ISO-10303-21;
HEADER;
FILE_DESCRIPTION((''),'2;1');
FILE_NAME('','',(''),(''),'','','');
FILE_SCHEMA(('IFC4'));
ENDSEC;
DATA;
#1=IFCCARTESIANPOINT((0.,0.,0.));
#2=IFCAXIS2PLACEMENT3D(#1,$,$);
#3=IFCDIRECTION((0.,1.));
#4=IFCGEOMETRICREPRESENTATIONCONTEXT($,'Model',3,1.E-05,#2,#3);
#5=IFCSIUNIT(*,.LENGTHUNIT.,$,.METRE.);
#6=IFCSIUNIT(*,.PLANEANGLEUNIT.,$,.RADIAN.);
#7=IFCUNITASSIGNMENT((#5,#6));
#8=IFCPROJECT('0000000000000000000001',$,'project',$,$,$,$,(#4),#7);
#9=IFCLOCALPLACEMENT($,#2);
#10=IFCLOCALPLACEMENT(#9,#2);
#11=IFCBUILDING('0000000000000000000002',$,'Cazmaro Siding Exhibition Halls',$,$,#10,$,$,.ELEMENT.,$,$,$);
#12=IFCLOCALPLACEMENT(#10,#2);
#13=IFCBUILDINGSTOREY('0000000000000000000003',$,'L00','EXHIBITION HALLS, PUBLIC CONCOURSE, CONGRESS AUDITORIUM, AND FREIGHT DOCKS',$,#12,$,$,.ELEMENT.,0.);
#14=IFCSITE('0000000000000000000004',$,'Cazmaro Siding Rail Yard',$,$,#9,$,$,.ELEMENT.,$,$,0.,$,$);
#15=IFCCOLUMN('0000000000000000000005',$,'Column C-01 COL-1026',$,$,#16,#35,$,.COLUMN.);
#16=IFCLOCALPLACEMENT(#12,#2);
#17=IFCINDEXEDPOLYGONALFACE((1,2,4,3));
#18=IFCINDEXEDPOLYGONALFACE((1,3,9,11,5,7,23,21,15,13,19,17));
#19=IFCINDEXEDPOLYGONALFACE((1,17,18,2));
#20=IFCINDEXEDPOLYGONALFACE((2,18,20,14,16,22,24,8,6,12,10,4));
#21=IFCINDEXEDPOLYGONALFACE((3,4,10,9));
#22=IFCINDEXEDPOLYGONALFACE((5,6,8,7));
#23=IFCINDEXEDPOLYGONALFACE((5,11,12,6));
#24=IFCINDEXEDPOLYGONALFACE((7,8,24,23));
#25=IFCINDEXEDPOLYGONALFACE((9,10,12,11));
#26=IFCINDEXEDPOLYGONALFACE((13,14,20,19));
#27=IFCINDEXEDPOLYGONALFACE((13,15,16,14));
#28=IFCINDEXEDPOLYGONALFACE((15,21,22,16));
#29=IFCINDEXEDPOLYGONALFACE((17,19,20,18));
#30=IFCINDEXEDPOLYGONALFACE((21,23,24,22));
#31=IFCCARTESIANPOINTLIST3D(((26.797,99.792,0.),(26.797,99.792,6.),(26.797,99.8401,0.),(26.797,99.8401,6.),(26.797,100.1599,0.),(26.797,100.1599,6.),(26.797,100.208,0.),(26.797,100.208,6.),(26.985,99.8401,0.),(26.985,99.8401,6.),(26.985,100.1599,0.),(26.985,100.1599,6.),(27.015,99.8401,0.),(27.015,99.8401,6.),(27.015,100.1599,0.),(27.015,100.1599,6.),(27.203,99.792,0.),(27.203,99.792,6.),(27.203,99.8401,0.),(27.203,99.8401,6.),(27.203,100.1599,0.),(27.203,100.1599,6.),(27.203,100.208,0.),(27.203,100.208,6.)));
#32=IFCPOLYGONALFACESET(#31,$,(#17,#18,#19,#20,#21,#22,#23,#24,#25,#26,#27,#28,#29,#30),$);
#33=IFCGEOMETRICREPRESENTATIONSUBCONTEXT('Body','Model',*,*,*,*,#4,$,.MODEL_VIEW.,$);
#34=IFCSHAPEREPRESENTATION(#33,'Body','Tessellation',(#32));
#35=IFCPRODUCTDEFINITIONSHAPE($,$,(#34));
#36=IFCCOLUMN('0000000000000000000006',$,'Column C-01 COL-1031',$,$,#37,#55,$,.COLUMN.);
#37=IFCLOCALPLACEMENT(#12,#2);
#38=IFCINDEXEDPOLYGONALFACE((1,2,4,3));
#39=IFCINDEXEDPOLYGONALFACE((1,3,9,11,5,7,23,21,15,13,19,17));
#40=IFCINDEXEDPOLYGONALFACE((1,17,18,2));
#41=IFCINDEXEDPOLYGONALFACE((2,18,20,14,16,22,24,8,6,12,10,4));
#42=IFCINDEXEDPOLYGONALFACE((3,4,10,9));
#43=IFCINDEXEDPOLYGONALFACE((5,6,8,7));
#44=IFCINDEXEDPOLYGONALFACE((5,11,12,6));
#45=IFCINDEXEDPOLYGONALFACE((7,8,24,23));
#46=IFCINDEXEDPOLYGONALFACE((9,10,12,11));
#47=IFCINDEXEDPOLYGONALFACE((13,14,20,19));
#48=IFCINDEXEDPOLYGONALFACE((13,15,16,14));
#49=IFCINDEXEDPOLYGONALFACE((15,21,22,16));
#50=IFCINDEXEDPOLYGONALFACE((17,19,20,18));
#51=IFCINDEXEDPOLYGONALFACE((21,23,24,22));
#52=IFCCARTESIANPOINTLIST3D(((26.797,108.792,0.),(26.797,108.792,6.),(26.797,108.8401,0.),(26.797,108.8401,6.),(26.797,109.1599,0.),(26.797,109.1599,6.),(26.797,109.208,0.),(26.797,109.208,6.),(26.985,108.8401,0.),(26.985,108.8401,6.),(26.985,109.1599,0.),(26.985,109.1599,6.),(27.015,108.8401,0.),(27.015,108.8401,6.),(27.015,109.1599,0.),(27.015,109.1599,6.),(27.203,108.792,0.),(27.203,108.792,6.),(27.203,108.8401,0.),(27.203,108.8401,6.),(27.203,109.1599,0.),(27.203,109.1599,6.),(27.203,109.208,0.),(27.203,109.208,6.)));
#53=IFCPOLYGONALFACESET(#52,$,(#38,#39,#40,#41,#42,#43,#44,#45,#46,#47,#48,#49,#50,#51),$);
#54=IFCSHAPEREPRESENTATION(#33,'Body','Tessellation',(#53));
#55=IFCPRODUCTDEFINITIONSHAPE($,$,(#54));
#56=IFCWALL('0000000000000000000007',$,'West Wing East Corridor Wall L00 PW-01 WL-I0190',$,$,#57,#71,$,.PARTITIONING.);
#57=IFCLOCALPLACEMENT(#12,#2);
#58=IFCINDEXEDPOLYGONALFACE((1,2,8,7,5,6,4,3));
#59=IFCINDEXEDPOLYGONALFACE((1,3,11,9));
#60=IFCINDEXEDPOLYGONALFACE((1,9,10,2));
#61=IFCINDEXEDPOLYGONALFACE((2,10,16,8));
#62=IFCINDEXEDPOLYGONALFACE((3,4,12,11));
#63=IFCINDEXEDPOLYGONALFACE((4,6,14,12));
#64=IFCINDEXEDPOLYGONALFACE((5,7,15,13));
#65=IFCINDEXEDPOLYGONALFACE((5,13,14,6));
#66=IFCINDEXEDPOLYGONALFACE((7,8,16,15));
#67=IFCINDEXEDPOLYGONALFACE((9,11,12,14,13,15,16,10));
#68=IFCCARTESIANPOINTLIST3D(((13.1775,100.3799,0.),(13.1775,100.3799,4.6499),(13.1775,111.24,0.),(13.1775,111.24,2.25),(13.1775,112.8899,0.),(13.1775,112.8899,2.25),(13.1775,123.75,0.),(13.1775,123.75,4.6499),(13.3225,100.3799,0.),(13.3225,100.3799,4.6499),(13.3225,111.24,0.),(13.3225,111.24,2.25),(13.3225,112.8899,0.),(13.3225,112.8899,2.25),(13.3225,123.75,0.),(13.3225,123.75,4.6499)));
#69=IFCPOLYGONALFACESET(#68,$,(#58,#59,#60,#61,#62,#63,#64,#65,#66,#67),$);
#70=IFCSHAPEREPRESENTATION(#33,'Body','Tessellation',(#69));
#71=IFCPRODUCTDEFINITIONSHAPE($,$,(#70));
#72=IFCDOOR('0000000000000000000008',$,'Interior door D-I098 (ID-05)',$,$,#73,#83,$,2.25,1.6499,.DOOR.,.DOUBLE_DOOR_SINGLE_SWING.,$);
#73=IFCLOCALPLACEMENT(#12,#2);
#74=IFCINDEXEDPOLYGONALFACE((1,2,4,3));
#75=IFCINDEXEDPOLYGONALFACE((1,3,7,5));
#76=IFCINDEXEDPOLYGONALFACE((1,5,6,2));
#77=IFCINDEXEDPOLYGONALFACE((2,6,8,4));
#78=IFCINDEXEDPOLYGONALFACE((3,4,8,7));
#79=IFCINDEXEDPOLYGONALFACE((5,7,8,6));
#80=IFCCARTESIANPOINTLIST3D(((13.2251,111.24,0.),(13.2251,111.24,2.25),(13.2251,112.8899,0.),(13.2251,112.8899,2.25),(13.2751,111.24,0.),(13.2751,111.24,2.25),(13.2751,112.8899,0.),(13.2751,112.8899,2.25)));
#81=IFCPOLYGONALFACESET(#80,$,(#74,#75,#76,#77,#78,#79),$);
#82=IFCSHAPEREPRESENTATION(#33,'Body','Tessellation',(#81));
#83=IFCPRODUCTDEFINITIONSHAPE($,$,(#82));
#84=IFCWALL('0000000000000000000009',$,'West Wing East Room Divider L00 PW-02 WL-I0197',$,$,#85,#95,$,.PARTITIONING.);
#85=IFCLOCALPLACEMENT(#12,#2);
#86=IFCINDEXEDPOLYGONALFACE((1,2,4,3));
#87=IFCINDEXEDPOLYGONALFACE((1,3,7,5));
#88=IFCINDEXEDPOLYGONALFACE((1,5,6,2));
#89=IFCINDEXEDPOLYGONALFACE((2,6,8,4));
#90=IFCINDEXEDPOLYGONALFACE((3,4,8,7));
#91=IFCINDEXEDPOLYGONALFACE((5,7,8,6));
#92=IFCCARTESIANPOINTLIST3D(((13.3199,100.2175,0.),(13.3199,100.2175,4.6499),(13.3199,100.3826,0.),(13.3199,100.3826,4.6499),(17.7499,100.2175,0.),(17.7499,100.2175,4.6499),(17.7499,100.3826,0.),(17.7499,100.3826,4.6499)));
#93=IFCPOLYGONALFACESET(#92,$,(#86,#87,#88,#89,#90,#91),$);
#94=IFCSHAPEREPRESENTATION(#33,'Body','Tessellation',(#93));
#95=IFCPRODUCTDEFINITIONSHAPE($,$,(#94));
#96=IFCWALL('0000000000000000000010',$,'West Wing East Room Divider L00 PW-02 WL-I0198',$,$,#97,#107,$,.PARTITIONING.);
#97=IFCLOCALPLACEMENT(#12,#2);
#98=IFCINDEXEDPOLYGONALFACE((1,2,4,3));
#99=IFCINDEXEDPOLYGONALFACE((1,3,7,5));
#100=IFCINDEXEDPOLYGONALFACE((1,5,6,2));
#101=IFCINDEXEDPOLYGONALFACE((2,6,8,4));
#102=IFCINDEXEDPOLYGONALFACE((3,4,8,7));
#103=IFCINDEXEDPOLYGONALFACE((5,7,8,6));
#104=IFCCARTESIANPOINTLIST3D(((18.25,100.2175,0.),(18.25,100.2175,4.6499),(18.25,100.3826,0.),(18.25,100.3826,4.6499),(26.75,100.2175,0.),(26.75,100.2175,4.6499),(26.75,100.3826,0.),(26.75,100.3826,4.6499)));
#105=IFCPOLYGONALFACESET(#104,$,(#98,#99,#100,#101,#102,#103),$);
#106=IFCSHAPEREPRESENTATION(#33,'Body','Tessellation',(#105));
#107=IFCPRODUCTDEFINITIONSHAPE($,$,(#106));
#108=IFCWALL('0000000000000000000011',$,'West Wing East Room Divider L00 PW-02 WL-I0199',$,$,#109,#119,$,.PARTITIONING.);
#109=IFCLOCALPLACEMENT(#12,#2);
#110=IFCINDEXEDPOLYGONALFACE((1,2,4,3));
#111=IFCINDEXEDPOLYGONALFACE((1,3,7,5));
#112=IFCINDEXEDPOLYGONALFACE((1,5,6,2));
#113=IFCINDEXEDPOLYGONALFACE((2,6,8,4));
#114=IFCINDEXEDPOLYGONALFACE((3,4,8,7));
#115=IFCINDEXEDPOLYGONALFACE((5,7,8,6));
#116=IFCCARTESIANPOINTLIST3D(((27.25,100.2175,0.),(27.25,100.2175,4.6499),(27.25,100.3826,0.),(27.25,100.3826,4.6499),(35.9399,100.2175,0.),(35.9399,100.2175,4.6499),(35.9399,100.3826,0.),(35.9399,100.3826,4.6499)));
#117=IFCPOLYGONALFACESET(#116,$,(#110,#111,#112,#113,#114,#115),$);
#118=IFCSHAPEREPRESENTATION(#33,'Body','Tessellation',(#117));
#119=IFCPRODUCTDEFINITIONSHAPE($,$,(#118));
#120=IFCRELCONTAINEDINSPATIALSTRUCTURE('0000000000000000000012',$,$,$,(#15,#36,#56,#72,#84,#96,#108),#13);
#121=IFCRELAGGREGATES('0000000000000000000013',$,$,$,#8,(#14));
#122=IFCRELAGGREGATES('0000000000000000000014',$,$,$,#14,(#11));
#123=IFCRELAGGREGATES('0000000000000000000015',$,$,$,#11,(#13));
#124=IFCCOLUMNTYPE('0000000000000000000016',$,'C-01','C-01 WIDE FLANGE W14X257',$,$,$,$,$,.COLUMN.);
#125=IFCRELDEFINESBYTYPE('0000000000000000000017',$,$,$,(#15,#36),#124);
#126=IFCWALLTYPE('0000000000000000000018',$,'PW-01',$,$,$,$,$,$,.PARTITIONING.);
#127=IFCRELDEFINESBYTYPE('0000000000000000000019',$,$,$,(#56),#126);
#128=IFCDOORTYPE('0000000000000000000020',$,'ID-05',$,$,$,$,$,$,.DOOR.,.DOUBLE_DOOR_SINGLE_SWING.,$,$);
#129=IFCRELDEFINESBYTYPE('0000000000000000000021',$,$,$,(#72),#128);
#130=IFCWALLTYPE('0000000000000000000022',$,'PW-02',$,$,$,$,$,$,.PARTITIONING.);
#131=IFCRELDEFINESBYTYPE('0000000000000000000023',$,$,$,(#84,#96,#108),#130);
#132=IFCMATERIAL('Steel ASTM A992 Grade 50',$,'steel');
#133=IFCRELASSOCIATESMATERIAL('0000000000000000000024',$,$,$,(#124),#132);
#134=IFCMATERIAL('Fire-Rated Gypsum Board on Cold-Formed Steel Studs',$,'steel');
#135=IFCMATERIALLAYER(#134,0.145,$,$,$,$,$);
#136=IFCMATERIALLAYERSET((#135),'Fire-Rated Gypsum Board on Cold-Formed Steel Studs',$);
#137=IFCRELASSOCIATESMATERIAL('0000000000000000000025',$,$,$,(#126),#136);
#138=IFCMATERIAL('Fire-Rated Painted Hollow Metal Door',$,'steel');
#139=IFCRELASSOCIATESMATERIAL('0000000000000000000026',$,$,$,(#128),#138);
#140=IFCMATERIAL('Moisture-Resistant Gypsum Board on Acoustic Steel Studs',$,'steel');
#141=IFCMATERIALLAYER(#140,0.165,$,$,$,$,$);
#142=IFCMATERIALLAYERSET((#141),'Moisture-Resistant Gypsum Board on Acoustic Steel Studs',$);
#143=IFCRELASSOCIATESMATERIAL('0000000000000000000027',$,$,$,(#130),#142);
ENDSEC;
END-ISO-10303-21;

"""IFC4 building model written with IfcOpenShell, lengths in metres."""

from ifc_helpers import new_model, si_unit, direction, frame, frame_2d, origin, origin_2d, place, context, subcontext, project, spatial, rectangle, i_section, extrude, material, layer, layer_set, material_profile, profile_set, type_object, element, fill, save


model = new_model("IFC4")

# Units and contexts
model_context = context("Model", 3, precision=1e-05, world=origin(), true_north=direction((0.0, 1.0)))
body_context = subcontext(model_context, "Body", "Model", "MODEL_VIEW")
ifc_project = project(units=[si_unit("LENGTHUNIT", "METRE"), si_unit("PLANEANGLEUNIT", "RADIAN")], contexts=[model_context])

# Site, building, storey
site_placement = place(None, origin())
site = spatial("IfcSite", under=ifc_project, at=site_placement, Name="Cazmaro Siding Rail Yard", CompositionType="ELEMENT", RefElevation=0.0)
building_placement = place(site_placement, origin())
building = spatial("IfcBuilding", under=site, at=building_placement, Name="Cazmaro Siding Exhibition Halls", CompositionType="ELEMENT")
storey_placement = place(building_placement, origin())
storey = spatial("IfcBuildingStorey", under=building, at=storey_placement, Name="L00", Description="EXHIBITION HALLS, PUBLIC CONCOURSE, CONGRESS AUDITORIUM, AND FREIGHT DOCKS", CompositionType="ELEMENT", Elevation=0.0)

# Columns
ifc_material_1 = material(Name="Steel ASTM A992 Grade 50", Category="steel")
ifc_material_profile_1 = material_profile(ifc_material_1, i_section(OverallWidth=0.406, OverallDepth=0.416, WebThickness=0.03, FlangeThickness=0.0481, at=origin_2d()), Name="W14X257")
ifc_profile_set_1 = profile_set([ifc_material_profile_1], Name="Steel ASTM A992 Grade 50")
column_type = type_object("IfcColumnType", Name="C-01", Description="C-01 WIDE FLANGE W14X257", PredefinedType="COLUMN", material=ifc_profile_set_1)
for number, where, z_axis, x_axis, name in (
    (1, (27.0, 100.0, 0.0), (0.0, 0.0, 1.0), (1.0, 0.0, 0.0), "Column C-01 COL-1026"),
    (2, (27.0, 109.0, 0.0), (0.0, 0.0, 1.0), (1.0, 0.0, 0.0), "Column C-01 COL-1031"),
):
    element("IfcColumn", number, at=place(storey_placement, frame(where, z_axis=z_axis, x_axis=x_axis)), inside=storey, type_object=column_type, Name=name, PredefinedType="COLUMN", context=body_context, shape_type="SweptSolid", body=[
        extrude(i_section(OverallWidth=0.406, OverallDepth=0.416, WebThickness=0.03, FlangeThickness=0.0481, at=origin_2d()), origin(), (0.0, 0.0, 1.0), 6.0),
    ])

# Wall, opening, door
ifc_material_2 = material(Name="Fire-Rated Gypsum Board on Cold-Formed Steel Studs", Category="steel")
ifc_layer_1 = layer(ifc_material_2, 0.145)
ifc_layer_set_1 = layer_set([ifc_layer_1], Name="Fire-Rated Gypsum Board on Cold-Formed Steel Studs")
wall_type_1 = type_object("IfcWallType", Name="PW-01", PredefinedType="PARTITIONING", material=ifc_layer_set_1)
wall_1_placement = place(storey_placement, frame((13.25, 100.3799, 0.0), z_axis=(0.0, 0.0, 1.0), x_axis=(0.0, 1.0, 0.0)))
wall_1 = element("IfcWall", 3, at=wall_1_placement, inside=storey, type_object=wall_type_1, Name="West Wing East Corridor Wall L00 PW-01 WL-I0190", PredefinedType="PARTITIONING", context=body_context, shape_type="SweptSolid", body=[
    extrude(rectangle(XDim=23.3701, YDim=0.145, at=frame_2d((11.6851, 0.0))), origin(), (0.0, 0.0, 1.0), 4.6499),
])
opening_placement = place(wall_1_placement, frame((10.8601, 0.0, 0.0)))
opening = element("IfcOpeningElement", 4, at=opening_placement, cuts=wall_1, PredefinedType="OPENING", context=body_context, shape_type="SweptSolid", body=[
    extrude(rectangle(XDim=1.6499, YDim=2.25, at=frame_2d((0.825, 1.125))), frame((0.0, 0.0825, 0.0), z_axis=(0.0, -1.0, 0.0), x_axis=(1.0, 0.0, 0.0)), (0.0, 0.0, 1.0), 0.165),
])
ifc_material_3 = material(Name="Fire-Rated Painted Hollow Metal Door", Category="steel")
door_type = type_object("IfcDoorType", Name="ID-05", OperationType="DOUBLE_DOOR_SINGLE_SWING", PredefinedType="DOOR", material=ifc_material_3)
door_placement = place(opening_placement, origin())
door = element("IfcDoor", 5, at=door_placement, inside=storey, type_object=door_type, Name="Interior door D-I098 (ID-05)", OperationType="DOUBLE_DOOR_SINGLE_SWING", OverallHeight=2.25, OverallWidth=1.6499, PredefinedType="DOOR", context=body_context, shape_type="SweptSolid", body=[
    extrude(rectangle(XDim=1.6499, YDim=2.25, at=frame_2d((0.825, 1.125))), frame((0.0, 0.0249, 0.0), z_axis=(0.0, -1.0, 0.0), x_axis=(1.0, 0.0, 0.0)), (0.0, 0.0, 1.0), 0.05),
])
fill(opening, door)

# Walls
ifc_material_4 = material(Name="Moisture-Resistant Gypsum Board on Acoustic Steel Studs", Category="steel")
ifc_layer_2 = layer(ifc_material_4, 0.165)
ifc_layer_set_2 = layer_set([ifc_layer_2], Name="Moisture-Resistant Gypsum Board on Acoustic Steel Studs")
wall_type_2 = type_object("IfcWallType", Name="PW-02", PredefinedType="PARTITIONING", material=ifc_layer_set_2)
wall_2_placement = place(storey_placement, frame((13.3201, 100.3, 0.0), z_axis=(0.0, 0.0, 1.0), x_axis=(1.0, 0.0, 0.0)))
element("IfcWall", 6, at=wall_2_placement, inside=storey, type_object=wall_type_2, Name="West Wing East Room Divider L00 PW-02 WL-I0197", PredefinedType="PARTITIONING", context=body_context, shape_type="SweptSolid", body=[
    extrude(rectangle(XDim=4.4299, YDim=0.165, at=frame_2d((2.2148, 0.0))), origin(), (0.0, 0.0, 1.0), 4.6499),
])
wall_3_placement = place(storey_placement, frame((18.25, 100.3, 0.0), z_axis=(0.0, 0.0, 1.0), x_axis=(1.0, 0.0, 0.0)))
element("IfcWall", 7, at=wall_3_placement, inside=storey, type_object=wall_type_2, Name="West Wing East Room Divider L00 PW-02 WL-I0198", PredefinedType="PARTITIONING", context=body_context, shape_type="SweptSolid", body=[
    extrude(rectangle(XDim=8.5, YDim=0.165, at=frame_2d((4.25, 0.0))), origin(), (0.0, 0.0, 1.0), 4.6499),
])
wall_4_placement = place(storey_placement, frame((27.25, 100.3, 0.0), z_axis=(0.0, 0.0, 1.0), x_axis=(1.0, 0.0, 0.0)))
element("IfcWall", 8, at=wall_4_placement, inside=storey, type_object=wall_type_2, Name="West Wing East Room Divider L00 PW-02 WL-I0199", PredefinedType="PARTITIONING", context=body_context, shape_type="SweptSolid", body=[
    extrude(rectangle(XDim=8.6899, YDim=0.165, at=frame_2d((4.345, 0.0))), origin(), (0.0, 0.0, 1.0), 4.6499),
])

save(model, "model.ifc")
